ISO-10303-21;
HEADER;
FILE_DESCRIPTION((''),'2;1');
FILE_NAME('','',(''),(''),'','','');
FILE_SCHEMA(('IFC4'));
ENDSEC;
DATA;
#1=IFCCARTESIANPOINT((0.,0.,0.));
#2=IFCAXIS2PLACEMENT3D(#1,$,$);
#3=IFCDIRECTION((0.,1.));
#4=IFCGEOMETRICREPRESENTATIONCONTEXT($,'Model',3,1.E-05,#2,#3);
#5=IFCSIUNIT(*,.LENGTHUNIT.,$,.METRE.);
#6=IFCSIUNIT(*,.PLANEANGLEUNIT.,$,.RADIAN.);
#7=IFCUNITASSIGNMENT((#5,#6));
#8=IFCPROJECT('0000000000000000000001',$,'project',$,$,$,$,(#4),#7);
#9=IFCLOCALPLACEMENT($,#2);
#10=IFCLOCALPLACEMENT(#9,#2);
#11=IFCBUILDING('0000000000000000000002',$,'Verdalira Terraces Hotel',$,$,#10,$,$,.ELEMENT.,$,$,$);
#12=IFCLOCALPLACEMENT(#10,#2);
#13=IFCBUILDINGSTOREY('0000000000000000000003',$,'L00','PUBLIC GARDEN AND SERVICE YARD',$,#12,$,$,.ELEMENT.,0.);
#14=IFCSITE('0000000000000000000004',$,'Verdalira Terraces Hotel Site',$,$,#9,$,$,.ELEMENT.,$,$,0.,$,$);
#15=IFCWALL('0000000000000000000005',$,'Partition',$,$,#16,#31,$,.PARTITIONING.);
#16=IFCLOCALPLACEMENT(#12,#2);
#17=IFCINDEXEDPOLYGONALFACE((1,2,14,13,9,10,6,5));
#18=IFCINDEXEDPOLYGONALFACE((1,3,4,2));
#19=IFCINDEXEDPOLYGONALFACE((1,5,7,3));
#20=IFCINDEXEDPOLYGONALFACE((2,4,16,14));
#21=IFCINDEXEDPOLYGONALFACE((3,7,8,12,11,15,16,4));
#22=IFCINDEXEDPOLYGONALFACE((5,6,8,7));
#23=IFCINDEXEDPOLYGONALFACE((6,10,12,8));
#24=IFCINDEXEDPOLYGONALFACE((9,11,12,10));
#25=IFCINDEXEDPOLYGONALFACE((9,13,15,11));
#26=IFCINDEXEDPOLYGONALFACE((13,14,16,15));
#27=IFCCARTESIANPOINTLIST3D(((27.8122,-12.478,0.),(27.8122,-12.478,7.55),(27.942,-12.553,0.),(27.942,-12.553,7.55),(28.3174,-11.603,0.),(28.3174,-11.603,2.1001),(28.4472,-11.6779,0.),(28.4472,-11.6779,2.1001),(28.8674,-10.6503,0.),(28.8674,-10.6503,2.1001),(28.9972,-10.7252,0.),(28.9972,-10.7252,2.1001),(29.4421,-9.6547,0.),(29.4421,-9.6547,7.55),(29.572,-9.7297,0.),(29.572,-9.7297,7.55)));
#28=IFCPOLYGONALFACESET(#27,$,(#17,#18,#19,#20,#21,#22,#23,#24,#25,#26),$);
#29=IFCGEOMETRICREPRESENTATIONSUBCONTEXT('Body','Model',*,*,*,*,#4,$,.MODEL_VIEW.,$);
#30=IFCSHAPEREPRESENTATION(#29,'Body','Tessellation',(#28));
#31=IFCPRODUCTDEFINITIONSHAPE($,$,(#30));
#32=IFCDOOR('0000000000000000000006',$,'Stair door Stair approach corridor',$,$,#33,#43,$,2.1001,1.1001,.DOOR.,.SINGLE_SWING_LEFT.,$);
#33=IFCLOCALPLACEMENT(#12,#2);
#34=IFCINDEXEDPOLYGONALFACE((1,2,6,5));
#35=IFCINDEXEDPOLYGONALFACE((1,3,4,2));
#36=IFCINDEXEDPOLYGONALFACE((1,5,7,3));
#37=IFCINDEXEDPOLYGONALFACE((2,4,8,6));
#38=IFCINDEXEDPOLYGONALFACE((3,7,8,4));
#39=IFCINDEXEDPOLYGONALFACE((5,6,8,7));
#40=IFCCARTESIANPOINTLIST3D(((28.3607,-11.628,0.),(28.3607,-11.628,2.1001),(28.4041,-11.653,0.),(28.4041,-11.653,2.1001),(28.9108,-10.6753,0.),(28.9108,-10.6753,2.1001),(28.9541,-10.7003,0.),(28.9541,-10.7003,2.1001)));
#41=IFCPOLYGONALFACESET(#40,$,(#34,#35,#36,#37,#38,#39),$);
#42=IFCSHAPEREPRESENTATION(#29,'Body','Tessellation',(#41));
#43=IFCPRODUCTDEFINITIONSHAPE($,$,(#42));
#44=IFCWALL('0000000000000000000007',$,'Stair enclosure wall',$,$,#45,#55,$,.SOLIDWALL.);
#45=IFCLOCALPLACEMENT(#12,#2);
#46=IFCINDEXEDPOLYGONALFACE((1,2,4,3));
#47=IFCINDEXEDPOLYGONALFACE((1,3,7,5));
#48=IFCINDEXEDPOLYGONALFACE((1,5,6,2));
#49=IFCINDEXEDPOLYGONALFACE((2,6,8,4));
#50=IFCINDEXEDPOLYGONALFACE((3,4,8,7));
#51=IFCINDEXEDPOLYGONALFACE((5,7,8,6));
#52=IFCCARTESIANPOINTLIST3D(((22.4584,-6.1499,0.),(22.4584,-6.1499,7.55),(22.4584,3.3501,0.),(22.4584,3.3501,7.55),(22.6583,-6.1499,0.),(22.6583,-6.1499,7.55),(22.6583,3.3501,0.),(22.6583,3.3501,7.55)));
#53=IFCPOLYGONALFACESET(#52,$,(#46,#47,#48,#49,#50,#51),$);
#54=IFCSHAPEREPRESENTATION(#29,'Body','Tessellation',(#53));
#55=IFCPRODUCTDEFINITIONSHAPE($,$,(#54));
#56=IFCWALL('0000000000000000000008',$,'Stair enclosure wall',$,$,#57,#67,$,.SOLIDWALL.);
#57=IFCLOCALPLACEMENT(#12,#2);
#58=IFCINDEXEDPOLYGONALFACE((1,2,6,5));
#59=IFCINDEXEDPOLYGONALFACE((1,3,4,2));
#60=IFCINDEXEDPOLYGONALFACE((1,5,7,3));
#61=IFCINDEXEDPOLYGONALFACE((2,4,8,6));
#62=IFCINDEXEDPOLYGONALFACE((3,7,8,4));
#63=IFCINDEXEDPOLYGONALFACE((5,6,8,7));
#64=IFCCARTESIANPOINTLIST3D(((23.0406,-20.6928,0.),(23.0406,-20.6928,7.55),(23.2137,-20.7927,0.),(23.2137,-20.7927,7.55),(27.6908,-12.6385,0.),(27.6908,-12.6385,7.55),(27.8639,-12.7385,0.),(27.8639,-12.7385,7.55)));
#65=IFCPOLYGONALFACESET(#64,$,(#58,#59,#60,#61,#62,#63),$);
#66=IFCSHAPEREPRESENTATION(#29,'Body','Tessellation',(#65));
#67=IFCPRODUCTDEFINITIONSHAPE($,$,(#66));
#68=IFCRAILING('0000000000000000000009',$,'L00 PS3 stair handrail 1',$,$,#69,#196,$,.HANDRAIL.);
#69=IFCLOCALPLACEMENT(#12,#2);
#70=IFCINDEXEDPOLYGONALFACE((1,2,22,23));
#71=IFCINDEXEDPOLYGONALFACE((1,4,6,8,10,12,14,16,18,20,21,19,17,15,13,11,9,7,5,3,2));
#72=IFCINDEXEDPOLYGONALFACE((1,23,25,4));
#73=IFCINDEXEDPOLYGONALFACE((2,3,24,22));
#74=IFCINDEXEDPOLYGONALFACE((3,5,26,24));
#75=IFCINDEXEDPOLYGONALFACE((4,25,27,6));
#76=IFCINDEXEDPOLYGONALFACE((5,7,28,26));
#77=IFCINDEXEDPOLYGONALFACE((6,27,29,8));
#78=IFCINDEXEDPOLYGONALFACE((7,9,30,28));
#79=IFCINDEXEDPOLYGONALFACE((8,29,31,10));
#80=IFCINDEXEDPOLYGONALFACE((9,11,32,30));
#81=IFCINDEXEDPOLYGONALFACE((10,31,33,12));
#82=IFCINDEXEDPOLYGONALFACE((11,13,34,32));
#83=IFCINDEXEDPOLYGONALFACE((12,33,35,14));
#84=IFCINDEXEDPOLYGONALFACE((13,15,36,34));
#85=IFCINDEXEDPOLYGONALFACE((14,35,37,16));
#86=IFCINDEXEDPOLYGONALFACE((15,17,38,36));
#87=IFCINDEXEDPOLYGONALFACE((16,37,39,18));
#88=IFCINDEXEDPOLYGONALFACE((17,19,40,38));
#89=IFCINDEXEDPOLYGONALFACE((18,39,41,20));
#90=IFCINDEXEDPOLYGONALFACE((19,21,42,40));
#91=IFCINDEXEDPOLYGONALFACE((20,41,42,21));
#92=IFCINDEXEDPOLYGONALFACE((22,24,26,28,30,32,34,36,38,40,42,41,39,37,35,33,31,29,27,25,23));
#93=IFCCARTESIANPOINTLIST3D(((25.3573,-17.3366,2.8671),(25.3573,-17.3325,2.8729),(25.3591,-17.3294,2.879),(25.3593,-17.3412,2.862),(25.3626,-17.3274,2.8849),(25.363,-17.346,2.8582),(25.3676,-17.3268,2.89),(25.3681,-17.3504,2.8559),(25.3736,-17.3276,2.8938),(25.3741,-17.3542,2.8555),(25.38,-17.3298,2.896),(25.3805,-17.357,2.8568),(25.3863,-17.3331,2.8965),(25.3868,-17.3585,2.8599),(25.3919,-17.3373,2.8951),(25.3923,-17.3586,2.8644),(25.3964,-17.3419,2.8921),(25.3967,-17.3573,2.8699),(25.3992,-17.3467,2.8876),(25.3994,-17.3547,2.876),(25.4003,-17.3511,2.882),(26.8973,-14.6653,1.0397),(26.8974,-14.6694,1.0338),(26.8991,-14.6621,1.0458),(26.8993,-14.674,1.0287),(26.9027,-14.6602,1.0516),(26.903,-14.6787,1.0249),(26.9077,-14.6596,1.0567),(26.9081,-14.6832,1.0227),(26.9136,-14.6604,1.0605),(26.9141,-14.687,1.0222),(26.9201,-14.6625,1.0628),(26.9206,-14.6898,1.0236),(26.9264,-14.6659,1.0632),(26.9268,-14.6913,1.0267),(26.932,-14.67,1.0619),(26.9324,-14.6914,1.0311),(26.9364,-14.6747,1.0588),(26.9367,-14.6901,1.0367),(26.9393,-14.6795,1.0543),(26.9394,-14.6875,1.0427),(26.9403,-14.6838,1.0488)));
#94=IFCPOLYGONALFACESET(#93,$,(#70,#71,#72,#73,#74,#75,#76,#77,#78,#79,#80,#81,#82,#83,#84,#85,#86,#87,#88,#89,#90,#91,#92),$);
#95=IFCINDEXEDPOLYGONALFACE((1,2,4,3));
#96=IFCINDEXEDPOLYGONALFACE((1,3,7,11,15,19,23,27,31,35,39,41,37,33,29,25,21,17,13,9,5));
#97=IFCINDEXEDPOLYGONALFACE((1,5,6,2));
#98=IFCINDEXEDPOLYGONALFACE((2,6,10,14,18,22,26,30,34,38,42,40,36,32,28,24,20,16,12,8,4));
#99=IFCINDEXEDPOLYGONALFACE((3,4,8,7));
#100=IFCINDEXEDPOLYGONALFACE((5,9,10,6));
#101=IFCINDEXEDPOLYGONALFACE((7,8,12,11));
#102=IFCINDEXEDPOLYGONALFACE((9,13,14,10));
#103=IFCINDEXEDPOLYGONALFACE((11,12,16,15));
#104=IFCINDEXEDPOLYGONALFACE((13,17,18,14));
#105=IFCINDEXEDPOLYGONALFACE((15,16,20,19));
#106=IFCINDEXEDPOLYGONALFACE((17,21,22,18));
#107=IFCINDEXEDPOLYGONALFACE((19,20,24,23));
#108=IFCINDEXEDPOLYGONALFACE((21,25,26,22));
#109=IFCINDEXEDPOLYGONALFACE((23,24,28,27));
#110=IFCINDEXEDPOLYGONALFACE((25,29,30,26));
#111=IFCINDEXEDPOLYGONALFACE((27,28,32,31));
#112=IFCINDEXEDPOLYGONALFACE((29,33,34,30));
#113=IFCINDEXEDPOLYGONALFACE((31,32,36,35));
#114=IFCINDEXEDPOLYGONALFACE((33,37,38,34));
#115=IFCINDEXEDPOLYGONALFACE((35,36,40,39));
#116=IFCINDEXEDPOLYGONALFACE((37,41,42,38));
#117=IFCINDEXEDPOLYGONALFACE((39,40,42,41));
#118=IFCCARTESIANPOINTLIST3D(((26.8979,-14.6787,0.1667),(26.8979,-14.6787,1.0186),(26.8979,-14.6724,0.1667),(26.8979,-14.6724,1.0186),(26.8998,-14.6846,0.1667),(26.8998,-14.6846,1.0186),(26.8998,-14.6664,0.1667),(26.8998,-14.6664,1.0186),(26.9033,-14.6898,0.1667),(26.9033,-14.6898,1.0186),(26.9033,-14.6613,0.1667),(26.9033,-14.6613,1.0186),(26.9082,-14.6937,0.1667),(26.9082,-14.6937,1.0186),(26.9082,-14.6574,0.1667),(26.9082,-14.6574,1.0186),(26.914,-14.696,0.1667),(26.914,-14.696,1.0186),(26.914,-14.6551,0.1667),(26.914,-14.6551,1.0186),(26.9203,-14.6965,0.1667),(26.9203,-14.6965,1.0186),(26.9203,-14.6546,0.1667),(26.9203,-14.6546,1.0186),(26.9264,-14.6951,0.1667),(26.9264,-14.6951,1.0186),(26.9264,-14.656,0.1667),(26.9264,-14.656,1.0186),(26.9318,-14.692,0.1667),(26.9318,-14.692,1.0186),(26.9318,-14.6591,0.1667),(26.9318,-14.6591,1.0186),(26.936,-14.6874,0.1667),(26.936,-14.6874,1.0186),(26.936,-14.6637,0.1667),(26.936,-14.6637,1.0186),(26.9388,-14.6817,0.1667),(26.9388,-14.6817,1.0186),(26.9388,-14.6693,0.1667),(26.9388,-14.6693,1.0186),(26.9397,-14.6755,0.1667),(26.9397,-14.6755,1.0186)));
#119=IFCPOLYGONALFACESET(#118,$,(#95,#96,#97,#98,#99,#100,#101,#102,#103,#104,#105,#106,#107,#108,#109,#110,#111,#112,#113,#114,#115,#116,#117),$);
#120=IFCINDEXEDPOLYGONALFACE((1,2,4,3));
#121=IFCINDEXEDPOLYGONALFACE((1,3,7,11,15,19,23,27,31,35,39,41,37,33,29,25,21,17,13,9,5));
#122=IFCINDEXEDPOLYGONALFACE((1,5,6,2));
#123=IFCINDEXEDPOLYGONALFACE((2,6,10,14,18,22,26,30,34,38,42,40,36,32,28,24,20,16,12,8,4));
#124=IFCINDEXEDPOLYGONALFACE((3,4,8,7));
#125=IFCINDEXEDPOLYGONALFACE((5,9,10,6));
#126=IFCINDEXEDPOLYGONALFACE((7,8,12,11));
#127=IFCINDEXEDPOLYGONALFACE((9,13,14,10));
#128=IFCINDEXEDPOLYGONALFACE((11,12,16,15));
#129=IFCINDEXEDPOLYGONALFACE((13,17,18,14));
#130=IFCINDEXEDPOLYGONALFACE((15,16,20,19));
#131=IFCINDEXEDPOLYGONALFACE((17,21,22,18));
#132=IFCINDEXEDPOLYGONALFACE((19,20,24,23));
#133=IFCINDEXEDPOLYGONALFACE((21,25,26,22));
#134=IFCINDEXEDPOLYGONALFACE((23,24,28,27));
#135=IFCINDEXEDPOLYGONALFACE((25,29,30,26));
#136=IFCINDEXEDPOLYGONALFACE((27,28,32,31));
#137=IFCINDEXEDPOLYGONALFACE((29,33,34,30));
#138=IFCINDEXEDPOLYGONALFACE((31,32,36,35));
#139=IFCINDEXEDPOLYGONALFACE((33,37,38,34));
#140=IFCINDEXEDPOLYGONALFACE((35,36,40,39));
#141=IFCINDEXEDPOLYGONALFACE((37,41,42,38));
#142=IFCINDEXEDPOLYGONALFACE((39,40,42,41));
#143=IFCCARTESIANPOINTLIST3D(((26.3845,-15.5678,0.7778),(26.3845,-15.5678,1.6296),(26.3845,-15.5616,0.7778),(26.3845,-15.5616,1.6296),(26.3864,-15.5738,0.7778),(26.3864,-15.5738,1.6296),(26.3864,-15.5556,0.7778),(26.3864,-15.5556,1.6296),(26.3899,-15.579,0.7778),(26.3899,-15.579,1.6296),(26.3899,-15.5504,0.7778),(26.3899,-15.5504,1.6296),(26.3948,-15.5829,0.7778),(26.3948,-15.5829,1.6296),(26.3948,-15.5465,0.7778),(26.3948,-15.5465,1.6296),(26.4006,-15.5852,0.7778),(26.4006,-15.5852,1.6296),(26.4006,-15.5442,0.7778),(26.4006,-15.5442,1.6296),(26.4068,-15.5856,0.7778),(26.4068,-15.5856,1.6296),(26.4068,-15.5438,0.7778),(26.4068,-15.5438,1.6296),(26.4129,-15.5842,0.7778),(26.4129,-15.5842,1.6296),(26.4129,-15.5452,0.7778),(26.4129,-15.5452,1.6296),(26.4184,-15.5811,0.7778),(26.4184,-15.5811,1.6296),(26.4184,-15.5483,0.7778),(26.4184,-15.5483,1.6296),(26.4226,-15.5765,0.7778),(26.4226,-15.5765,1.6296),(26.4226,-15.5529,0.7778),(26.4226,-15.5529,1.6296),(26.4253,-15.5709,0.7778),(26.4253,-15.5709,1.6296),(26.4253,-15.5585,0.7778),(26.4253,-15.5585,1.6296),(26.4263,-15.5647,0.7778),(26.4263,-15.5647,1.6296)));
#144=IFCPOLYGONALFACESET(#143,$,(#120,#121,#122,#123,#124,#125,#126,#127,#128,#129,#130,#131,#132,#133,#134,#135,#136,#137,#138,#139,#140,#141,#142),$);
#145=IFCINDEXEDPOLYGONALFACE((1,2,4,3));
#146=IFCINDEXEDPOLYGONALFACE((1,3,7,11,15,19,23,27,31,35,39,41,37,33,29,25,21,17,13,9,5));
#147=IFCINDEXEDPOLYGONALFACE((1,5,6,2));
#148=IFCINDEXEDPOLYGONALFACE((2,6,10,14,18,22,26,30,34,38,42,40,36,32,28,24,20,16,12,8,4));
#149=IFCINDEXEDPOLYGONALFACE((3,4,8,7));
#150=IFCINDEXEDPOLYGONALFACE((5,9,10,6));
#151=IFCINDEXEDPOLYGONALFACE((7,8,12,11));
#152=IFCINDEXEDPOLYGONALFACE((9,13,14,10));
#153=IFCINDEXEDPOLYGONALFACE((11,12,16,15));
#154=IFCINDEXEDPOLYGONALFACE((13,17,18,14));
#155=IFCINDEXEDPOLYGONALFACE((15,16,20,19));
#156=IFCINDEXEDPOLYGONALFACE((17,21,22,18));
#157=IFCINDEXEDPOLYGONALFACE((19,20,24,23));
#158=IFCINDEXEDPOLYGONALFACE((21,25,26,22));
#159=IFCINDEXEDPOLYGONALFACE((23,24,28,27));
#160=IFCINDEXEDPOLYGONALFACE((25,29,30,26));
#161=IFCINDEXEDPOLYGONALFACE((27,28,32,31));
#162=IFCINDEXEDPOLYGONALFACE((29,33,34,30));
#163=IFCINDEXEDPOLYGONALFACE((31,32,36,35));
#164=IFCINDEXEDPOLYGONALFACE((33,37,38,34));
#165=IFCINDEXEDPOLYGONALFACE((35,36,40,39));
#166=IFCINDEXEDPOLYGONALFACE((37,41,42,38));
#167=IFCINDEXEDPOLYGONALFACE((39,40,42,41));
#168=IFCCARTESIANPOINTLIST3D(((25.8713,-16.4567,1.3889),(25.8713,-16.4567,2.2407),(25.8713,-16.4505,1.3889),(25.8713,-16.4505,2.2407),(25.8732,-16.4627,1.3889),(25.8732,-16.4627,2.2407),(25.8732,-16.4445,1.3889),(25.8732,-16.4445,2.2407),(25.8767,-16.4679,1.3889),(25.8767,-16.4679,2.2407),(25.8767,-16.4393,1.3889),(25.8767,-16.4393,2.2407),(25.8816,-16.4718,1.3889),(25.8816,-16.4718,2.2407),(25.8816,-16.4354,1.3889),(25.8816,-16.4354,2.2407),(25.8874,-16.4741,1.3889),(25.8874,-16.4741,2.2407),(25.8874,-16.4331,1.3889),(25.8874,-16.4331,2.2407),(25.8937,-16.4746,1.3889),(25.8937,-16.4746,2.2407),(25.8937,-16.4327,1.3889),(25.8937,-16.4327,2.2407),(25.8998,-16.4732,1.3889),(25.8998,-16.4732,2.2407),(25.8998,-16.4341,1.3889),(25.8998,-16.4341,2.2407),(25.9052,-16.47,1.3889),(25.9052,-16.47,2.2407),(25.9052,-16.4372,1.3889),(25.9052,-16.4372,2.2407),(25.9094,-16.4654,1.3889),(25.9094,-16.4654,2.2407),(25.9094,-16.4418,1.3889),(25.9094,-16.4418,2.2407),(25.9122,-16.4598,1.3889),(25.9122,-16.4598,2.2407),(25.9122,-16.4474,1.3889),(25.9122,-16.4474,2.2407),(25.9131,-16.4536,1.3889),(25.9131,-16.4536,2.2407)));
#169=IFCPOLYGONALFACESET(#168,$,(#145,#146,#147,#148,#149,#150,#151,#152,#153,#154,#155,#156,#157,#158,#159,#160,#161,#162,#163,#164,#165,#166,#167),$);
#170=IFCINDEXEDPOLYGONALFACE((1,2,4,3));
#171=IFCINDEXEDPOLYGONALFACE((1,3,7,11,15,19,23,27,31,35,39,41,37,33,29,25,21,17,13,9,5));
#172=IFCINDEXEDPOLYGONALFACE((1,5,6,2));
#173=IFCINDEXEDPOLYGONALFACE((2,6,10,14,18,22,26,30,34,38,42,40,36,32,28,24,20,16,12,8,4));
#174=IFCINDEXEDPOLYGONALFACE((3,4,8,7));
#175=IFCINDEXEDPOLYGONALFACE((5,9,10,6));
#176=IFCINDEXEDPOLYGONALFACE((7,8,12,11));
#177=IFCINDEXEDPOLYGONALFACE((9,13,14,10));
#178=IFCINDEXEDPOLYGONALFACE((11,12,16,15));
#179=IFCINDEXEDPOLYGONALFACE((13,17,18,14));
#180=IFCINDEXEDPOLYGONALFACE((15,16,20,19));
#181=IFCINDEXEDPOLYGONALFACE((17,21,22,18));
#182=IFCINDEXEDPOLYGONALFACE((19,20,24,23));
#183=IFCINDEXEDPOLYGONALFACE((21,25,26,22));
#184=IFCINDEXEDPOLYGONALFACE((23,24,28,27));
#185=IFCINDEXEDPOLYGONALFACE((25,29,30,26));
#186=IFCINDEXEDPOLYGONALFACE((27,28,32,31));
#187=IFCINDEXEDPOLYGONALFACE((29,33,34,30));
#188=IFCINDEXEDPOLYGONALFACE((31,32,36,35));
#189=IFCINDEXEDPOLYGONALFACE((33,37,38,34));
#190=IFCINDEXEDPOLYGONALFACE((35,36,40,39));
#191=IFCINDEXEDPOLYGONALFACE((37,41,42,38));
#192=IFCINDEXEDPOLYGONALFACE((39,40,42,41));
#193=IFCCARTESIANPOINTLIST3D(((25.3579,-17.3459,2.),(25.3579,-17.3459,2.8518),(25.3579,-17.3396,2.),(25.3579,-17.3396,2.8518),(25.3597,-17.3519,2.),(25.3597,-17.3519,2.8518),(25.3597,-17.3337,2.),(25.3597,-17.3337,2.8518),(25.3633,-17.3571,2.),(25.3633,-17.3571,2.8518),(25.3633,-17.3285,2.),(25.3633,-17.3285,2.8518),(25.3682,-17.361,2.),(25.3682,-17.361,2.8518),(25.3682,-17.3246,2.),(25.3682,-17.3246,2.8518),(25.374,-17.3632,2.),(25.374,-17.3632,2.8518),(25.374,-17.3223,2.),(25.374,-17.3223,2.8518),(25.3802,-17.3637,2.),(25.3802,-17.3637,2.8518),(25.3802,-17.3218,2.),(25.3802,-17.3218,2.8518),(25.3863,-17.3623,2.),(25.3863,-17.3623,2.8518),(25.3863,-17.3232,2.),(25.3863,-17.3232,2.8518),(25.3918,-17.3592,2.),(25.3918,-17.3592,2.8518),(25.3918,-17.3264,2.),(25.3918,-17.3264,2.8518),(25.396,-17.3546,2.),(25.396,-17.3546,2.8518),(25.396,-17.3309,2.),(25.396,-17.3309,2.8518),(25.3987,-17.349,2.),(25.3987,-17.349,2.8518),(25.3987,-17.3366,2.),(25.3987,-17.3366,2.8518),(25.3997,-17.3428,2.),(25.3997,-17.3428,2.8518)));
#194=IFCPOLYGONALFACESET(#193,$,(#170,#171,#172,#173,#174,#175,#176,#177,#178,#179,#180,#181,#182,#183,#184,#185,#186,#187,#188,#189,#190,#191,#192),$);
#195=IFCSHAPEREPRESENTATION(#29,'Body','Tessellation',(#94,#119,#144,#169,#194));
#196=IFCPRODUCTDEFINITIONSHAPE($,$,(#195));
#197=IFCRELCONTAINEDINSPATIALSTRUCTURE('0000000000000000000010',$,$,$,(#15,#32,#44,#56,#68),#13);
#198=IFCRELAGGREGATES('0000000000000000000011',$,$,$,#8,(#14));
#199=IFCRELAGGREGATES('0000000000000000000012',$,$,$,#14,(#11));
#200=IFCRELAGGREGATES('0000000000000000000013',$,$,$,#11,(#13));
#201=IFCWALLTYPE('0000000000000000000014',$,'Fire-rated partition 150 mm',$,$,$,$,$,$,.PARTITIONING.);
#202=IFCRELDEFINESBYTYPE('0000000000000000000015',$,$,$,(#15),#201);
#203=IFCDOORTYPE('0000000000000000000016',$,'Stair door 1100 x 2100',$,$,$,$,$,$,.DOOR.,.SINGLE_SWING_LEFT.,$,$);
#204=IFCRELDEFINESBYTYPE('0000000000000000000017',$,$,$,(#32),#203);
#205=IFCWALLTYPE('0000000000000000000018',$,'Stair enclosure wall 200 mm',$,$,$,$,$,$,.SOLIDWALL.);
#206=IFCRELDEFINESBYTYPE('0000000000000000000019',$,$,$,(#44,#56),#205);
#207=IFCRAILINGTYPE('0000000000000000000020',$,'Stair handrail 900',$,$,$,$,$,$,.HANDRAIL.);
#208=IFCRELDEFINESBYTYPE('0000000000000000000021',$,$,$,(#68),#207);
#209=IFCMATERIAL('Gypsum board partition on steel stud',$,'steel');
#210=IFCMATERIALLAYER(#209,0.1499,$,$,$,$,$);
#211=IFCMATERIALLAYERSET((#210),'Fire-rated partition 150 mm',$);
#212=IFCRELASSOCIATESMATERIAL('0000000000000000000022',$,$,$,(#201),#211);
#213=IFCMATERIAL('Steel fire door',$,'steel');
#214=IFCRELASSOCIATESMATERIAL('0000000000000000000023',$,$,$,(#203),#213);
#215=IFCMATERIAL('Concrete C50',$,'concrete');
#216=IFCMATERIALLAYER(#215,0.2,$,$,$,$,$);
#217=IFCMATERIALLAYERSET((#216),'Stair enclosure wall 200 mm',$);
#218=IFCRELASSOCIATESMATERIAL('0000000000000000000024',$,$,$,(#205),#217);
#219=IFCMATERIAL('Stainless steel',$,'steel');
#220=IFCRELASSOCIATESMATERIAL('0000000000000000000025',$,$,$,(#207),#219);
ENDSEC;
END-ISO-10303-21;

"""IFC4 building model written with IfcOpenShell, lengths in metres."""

from ifc_helpers import new_model, si_unit, direction, frame, frame_2d, origin, origin_2d, place, context, subcontext, project, spatial, rectangle, circle, extrude, material, layer, layer_set, type_object, element, fill, save


model = new_model("IFC4")

# Units and contexts
model_context = context("Model", 3, precision=1e-05, world=origin(), true_north=direction((0.0, 1.0)))
body_context = subcontext(model_context, "Body", "Model", "MODEL_VIEW")
ifc_project = project(units=[si_unit("LENGTHUNIT", "METRE"), si_unit("PLANEANGLEUNIT", "RADIAN")], contexts=[model_context])

# Site, building, storey
site_placement = place(None, origin())
site = spatial("IfcSite", under=ifc_project, at=site_placement, Name="Verdalira Terraces Hotel Site", CompositionType="ELEMENT", RefElevation=0.0)
building_placement = place(site_placement, origin())
building = spatial("IfcBuilding", under=site, at=building_placement, Name="Verdalira Terraces Hotel", CompositionType="ELEMENT")
storey_placement = place(building_placement, origin())
storey = spatial("IfcBuildingStorey", under=building, at=storey_placement, Name="L00", Description="PUBLIC GARDEN AND SERVICE YARD", CompositionType="ELEMENT", Elevation=0.0)

# Shared definitions
ifc_material_1 = material(Name="Gypsum board partition on steel stud", Category="steel")
ifc_layer_1 = layer(ifc_material_1, 0.1499)
ifc_layer_set_1 = layer_set([ifc_layer_1], Name="Fire-rated partition 150 mm")
wall_type_1 = type_object("IfcWallType", Name="Fire-rated partition 150 mm", PredefinedType="PARTITIONING", material=ifc_layer_set_1)

# Wall, opening, door
wall_1_placement = place(storey_placement, frame((27.8772, -12.5154, 0.0), z_axis=(0.0, 0.0, 1.0), x_axis=(0.499973, 0.866041, 0.0)))
wall_1 = element("IfcWall", 1, at=wall_1_placement, inside=storey, type_object=wall_type_1, Name="Partition", PredefinedType="PARTITIONING", context=body_context, shape_type="SweptSolid", body=[
    extrude(rectangle(XDim=3.26, YDim=0.1499, at=frame_2d((1.6299, 0.0))), origin(), (0.0, 0.0, 1.0), 7.55),
])
opening_1_placement = place(wall_1_placement, frame((1.0103, 0.0, 0.0)))
opening_1 = element("IfcOpeningElement", 2, at=opening_1_placement, cuts=wall_1, PredefinedType="OPENING", context=body_context, shape_type="SweptSolid", body=[
    extrude(rectangle(XDim=1.1001, YDim=2.1001, at=frame_2d((0.55, 1.05))), frame((0.0, 0.085, 0.0), z_axis=(0.0, -1.0, 0.0), x_axis=(1.0, 0.0, 0.0)), (0.0, 0.0, 1.0), 0.1699),
])
ifc_material_2 = material(Name="Steel fire door", Category="steel")
door_type_1 = type_object("IfcDoorType", Name="Stair door 1100 x 2100", OperationType="SINGLE_SWING_LEFT", PredefinedType="DOOR", material=ifc_material_2)
door_1_placement = place(opening_1_placement, origin())
door_1 = element("IfcDoor", 3, at=door_1_placement, inside=storey, type_object=door_type_1, Name="Stair door Stair approach corridor", OperationType="SINGLE_SWING_LEFT", OverallHeight=2.1001, OverallWidth=1.1001, PredefinedType="DOOR", context=body_context, shape_type="SweptSolid", body=[
    extrude(rectangle(XDim=1.1001, YDim=2.1001, at=frame_2d((0.55, 1.05))), frame((0.0, 0.0249, 0.0), z_axis=(0.0, -1.0, 0.0), x_axis=(1.0, 0.0, 0.0)), (0.0, 0.0, 1.0), 0.05),
])
fill(opening_1, door_1)

# Walls
ifc_material_3 = material(Name="Concrete C50", Category="concrete")
ifc_layer_2 = layer(ifc_material_3, 0.2)
ifc_layer_set_2 = layer_set([ifc_layer_2], Name="Stair enclosure wall 200 mm")
wall_type_2 = type_object("IfcWallType", Name="Stair enclosure wall 200 mm", PredefinedType="SOLIDWALL", material=ifc_layer_set_2)
wall_2_placement = place(storey_placement, frame((22.5584, -6.1499, 0.0), z_axis=(0.0, 0.0, 1.0), x_axis=(0.0, 1.0, 0.0)))
element("IfcWall", 4, at=wall_2_placement, inside=storey, type_object=wall_type_2, Name="Stair enclosure wall", PredefinedType="SOLIDWALL", context=body_context, shape_type="SweptSolid", body=[
    extrude(rectangle(XDim=9.5, YDim=0.2, at=frame_2d((4.75, 0.0))), origin(), (0.0, 0.0, 1.0), 7.55),
])
wall_3_placement = place(storey_placement, frame((27.7773, -12.6885, 0.0), z_axis=(0.0, 0.0, 1.0), x_axis=(-0.500004, -0.866023, 0.0)))
element("IfcWall", 5, at=wall_3_placement, inside=storey, type_object=wall_type_2, Name="Stair enclosure wall", PredefinedType="SOLIDWALL", context=body_context, shape_type="SweptSolid", body=[
    extrude(rectangle(XDim=9.3003, YDim=0.2, at=frame_2d((4.6501, 0.0))), origin(), (0.0, 0.0, 1.0), 7.55),
])

# Railing
ifc_material_4 = material(Name="Stainless steel", Category="steel")
railing_type = type_object("IfcRailingType", Name="Stair handrail 900", PredefinedType="HANDRAIL", material=ifc_material_4)
for number, where, name in (
    (6, (26.9187, -14.6755, 0.1667), "L00 PS3 stair handrail 1"),
):
    element("IfcRailing", number, at=place(storey_placement, frame(where)), inside=storey, type_object=railing_type, Name=name, PredefinedType="HANDRAIL", context=body_context, shape_type="SweptSolid", body=[
        extrude(circle(Radius=0.0239, at=origin_2d()), frame((0.0, 0.0, 0.876), z_axis=(-0.429671, -0.744159, 0.511478), x_axis=(0.86601, -0.500027, 0.0)), (0.0, 0.0, 1.0), 3.5842),
        extrude(circle(Radius=0.021, at=origin_2d()), origin(), (0.0, 0.0, 1.0), 0.8518),
        extrude(circle(Radius=0.021, at=origin_2d()), frame((-0.5134, -0.8892, 0.6111)), (0.0, 0.0, 1.0), 0.8518),
        extrude(circle(Radius=0.021, at=origin_2d()), frame((-1.0266, -1.7781, 1.2222)), (0.0, 0.0, 1.0), 0.8518),
        extrude(circle(Radius=0.021, at=origin_2d()), frame((-1.54, -2.6672, 1.8333)), (0.0, 0.0, 1.0), 0.8518),
    ])

save(model, "model.ifc")
